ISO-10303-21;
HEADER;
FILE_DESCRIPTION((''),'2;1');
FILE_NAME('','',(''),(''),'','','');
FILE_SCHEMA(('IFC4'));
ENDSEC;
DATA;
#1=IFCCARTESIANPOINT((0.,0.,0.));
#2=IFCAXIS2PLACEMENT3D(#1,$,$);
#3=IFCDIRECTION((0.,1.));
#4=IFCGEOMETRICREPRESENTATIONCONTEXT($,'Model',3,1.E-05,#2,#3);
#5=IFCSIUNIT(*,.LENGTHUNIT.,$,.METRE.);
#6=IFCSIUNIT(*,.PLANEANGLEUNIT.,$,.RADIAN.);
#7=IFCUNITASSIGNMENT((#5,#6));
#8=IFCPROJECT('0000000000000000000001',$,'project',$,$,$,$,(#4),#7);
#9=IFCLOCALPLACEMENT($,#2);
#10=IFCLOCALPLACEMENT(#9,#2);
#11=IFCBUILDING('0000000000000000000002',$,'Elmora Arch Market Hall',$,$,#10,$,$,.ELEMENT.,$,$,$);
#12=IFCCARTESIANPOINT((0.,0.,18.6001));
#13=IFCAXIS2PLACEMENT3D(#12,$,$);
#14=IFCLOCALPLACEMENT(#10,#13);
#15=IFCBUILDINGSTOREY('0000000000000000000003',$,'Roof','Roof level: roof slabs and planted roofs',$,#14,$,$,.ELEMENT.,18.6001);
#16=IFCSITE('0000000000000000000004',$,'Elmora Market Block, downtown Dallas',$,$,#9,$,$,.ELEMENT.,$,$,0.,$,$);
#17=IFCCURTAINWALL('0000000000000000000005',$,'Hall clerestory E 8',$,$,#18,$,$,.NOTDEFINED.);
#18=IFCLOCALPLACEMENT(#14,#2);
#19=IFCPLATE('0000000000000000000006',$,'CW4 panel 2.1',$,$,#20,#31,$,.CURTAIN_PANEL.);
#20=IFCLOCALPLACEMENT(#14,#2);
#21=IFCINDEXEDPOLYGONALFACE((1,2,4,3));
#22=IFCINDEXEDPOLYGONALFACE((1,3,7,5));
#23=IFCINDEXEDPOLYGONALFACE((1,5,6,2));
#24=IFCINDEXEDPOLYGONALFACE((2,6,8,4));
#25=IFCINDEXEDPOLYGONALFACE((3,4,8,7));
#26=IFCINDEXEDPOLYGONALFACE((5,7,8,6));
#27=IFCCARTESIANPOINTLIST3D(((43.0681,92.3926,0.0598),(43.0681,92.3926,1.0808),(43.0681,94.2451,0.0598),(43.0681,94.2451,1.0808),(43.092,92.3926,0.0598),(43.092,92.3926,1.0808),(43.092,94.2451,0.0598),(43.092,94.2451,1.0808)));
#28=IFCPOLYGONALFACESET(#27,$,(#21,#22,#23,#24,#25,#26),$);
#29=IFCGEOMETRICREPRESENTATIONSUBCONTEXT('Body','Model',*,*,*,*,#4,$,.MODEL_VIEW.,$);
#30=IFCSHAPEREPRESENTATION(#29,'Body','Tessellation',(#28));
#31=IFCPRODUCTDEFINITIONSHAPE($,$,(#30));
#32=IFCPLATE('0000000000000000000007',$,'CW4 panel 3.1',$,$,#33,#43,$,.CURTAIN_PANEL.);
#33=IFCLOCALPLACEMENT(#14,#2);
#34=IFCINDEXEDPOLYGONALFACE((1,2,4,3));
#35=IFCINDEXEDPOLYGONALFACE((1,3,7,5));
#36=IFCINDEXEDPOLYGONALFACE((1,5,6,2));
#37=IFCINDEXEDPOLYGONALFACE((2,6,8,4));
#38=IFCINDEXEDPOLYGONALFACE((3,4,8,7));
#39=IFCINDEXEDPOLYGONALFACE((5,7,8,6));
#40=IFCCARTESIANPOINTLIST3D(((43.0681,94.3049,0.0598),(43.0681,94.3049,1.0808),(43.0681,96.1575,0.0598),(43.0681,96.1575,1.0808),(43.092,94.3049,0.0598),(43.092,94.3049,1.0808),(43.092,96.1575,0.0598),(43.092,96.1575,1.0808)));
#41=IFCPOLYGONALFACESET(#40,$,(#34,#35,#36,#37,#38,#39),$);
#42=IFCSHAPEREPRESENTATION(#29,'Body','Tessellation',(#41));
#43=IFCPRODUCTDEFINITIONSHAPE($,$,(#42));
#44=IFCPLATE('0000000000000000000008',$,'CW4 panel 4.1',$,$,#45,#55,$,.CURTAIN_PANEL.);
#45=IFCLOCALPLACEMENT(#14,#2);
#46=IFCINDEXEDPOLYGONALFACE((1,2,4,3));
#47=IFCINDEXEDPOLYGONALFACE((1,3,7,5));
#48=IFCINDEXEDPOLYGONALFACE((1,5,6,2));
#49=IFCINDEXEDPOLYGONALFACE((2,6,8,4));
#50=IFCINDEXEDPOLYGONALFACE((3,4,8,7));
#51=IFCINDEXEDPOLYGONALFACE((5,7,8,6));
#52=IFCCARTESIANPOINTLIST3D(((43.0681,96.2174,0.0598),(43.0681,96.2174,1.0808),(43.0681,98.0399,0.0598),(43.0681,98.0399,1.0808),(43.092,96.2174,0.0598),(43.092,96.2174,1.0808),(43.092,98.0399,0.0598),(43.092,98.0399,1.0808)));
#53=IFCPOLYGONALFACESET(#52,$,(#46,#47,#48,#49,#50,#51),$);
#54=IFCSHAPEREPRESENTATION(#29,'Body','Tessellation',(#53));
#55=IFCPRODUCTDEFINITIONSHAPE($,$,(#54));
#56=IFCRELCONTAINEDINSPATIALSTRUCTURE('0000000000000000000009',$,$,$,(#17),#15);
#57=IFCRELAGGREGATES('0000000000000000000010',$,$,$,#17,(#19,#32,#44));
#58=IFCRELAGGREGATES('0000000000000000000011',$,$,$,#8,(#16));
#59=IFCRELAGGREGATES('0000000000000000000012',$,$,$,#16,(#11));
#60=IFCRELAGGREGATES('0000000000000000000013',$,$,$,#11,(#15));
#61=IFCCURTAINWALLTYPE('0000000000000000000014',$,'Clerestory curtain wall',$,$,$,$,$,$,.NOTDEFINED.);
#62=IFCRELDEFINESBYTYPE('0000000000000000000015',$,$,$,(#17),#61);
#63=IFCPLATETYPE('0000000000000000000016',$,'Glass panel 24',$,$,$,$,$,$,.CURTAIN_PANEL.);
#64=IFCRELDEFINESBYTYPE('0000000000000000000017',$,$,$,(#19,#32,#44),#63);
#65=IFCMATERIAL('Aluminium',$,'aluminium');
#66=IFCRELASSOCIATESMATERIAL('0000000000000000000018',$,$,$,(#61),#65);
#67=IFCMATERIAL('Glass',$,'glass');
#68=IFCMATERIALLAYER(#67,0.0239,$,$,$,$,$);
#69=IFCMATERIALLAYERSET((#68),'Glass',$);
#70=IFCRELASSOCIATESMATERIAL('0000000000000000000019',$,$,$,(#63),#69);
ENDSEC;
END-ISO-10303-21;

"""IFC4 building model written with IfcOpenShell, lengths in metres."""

from ifc_helpers import new_model, si_unit, direction, frame, origin, origin_2d, place, context, subcontext, project, spatial, rectangle, extrude, material, layer, layer_set, type_object, element, aggregate, save


model = new_model("IFC4")

# Units and contexts
model_context = context("Model", 3, precision=1e-05, world=origin(), true_north=direction((0.0, 1.0)))
body_context = subcontext(model_context, "Body", "Model", "MODEL_VIEW")
ifc_project = project(units=[si_unit("LENGTHUNIT", "METRE"), si_unit("PLANEANGLEUNIT", "RADIAN")], contexts=[model_context])

# Site, building, storey
site_placement = place(None, origin())
site = spatial("IfcSite", under=ifc_project, at=site_placement, Name="Elmora Market Block, downtown Dallas", CompositionType="ELEMENT", RefElevation=0.0)
building_placement = place(site_placement, origin())
building = spatial("IfcBuilding", under=site, at=building_placement, Name="Elmora Arch Market Hall", CompositionType="ELEMENT")
storey_placement = place(building_placement, frame((0.0, 0.0, 18.6001)))
storey = spatial("IfcBuildingStorey", under=building, at=storey_placement, Name="Roof", Description="Roof level: roof slabs and planted roofs", CompositionType="ELEMENT", Elevation=18.6001)

# Curtain wall
ifc_material_1 = material(Name="Aluminium", Category="aluminium")
curtain_wall_type = type_object("IfcCurtainWallType", Name="Clerestory curtain wall", PredefinedType="NOTDEFINED", material=ifc_material_1)
curtain_wall_1_placement = place(storey_placement, origin())
curtain_wall_1 = element("IfcCurtainWall", 1, at=curtain_wall_1_placement, inside=storey, type_object=curtain_wall_type, Name="Hall clerestory E 8", PredefinedType="NOTDEFINED")

# Plates
ifc_material_2 = material(Name="Glass", Category="glass")
ifc_layer = layer(ifc_material_2, 0.0239)
ifc_layer_set = layer_set([ifc_layer], Name="Glass")
plate_type = type_object("IfcPlateType", Name="Glass panel 24", PredefinedType="CURTAIN_PANEL", material=ifc_layer_set)
plate_1_placement = place(storey_placement, frame((43.0801, 93.3188, 0.0598), z_axis=(0.0, 0.0, 1.0), x_axis=(0.0, 1.0, 0.0)))
plate_1 = element("IfcPlate", 2, at=plate_1_placement, type_object=plate_type, Name="CW4 panel 2.1", PredefinedType="CURTAIN_PANEL", context=body_context, shape_type="SweptSolid", body=[
    extrude(rectangle(XDim=1.8525, YDim=0.0239, at=origin_2d()), origin(), (0.0, 0.0, 1.0), 1.021),
])
plate_2_placement = place(storey_placement, frame((43.0801, 95.2312, 0.0598), z_axis=(0.0, 0.0, 1.0), x_axis=(0.0, 1.0, 0.0)))
plate_2 = element("IfcPlate", 3, at=plate_2_placement, type_object=plate_type, Name="CW4 panel 3.1", PredefinedType="CURTAIN_PANEL", context=body_context, shape_type="SweptSolid", body=[
    extrude(rectangle(XDim=1.8525, YDim=0.0239, at=origin_2d()), origin(), (0.0, 0.0, 1.0), 1.021),
])
plate_3_placement = place(storey_placement, frame((43.0801, 97.1287, 0.0598), z_axis=(0.0, 0.0, 1.0), x_axis=(0.0, 1.0, 0.0)))
plate_3 = element("IfcPlate", 4, at=plate_3_placement, type_object=plate_type, Name="CW4 panel 4.1", PredefinedType="CURTAIN_PANEL", context=body_context, shape_type="SweptSolid", body=[
    extrude(rectangle(XDim=1.8225, YDim=0.0239, at=origin_2d()), origin(), (0.0, 0.0, 1.0), 1.021),
])
aggregate(curtain_wall_1, [plate_1, plate_2, plate_3])

save(model, "model.ifc")
